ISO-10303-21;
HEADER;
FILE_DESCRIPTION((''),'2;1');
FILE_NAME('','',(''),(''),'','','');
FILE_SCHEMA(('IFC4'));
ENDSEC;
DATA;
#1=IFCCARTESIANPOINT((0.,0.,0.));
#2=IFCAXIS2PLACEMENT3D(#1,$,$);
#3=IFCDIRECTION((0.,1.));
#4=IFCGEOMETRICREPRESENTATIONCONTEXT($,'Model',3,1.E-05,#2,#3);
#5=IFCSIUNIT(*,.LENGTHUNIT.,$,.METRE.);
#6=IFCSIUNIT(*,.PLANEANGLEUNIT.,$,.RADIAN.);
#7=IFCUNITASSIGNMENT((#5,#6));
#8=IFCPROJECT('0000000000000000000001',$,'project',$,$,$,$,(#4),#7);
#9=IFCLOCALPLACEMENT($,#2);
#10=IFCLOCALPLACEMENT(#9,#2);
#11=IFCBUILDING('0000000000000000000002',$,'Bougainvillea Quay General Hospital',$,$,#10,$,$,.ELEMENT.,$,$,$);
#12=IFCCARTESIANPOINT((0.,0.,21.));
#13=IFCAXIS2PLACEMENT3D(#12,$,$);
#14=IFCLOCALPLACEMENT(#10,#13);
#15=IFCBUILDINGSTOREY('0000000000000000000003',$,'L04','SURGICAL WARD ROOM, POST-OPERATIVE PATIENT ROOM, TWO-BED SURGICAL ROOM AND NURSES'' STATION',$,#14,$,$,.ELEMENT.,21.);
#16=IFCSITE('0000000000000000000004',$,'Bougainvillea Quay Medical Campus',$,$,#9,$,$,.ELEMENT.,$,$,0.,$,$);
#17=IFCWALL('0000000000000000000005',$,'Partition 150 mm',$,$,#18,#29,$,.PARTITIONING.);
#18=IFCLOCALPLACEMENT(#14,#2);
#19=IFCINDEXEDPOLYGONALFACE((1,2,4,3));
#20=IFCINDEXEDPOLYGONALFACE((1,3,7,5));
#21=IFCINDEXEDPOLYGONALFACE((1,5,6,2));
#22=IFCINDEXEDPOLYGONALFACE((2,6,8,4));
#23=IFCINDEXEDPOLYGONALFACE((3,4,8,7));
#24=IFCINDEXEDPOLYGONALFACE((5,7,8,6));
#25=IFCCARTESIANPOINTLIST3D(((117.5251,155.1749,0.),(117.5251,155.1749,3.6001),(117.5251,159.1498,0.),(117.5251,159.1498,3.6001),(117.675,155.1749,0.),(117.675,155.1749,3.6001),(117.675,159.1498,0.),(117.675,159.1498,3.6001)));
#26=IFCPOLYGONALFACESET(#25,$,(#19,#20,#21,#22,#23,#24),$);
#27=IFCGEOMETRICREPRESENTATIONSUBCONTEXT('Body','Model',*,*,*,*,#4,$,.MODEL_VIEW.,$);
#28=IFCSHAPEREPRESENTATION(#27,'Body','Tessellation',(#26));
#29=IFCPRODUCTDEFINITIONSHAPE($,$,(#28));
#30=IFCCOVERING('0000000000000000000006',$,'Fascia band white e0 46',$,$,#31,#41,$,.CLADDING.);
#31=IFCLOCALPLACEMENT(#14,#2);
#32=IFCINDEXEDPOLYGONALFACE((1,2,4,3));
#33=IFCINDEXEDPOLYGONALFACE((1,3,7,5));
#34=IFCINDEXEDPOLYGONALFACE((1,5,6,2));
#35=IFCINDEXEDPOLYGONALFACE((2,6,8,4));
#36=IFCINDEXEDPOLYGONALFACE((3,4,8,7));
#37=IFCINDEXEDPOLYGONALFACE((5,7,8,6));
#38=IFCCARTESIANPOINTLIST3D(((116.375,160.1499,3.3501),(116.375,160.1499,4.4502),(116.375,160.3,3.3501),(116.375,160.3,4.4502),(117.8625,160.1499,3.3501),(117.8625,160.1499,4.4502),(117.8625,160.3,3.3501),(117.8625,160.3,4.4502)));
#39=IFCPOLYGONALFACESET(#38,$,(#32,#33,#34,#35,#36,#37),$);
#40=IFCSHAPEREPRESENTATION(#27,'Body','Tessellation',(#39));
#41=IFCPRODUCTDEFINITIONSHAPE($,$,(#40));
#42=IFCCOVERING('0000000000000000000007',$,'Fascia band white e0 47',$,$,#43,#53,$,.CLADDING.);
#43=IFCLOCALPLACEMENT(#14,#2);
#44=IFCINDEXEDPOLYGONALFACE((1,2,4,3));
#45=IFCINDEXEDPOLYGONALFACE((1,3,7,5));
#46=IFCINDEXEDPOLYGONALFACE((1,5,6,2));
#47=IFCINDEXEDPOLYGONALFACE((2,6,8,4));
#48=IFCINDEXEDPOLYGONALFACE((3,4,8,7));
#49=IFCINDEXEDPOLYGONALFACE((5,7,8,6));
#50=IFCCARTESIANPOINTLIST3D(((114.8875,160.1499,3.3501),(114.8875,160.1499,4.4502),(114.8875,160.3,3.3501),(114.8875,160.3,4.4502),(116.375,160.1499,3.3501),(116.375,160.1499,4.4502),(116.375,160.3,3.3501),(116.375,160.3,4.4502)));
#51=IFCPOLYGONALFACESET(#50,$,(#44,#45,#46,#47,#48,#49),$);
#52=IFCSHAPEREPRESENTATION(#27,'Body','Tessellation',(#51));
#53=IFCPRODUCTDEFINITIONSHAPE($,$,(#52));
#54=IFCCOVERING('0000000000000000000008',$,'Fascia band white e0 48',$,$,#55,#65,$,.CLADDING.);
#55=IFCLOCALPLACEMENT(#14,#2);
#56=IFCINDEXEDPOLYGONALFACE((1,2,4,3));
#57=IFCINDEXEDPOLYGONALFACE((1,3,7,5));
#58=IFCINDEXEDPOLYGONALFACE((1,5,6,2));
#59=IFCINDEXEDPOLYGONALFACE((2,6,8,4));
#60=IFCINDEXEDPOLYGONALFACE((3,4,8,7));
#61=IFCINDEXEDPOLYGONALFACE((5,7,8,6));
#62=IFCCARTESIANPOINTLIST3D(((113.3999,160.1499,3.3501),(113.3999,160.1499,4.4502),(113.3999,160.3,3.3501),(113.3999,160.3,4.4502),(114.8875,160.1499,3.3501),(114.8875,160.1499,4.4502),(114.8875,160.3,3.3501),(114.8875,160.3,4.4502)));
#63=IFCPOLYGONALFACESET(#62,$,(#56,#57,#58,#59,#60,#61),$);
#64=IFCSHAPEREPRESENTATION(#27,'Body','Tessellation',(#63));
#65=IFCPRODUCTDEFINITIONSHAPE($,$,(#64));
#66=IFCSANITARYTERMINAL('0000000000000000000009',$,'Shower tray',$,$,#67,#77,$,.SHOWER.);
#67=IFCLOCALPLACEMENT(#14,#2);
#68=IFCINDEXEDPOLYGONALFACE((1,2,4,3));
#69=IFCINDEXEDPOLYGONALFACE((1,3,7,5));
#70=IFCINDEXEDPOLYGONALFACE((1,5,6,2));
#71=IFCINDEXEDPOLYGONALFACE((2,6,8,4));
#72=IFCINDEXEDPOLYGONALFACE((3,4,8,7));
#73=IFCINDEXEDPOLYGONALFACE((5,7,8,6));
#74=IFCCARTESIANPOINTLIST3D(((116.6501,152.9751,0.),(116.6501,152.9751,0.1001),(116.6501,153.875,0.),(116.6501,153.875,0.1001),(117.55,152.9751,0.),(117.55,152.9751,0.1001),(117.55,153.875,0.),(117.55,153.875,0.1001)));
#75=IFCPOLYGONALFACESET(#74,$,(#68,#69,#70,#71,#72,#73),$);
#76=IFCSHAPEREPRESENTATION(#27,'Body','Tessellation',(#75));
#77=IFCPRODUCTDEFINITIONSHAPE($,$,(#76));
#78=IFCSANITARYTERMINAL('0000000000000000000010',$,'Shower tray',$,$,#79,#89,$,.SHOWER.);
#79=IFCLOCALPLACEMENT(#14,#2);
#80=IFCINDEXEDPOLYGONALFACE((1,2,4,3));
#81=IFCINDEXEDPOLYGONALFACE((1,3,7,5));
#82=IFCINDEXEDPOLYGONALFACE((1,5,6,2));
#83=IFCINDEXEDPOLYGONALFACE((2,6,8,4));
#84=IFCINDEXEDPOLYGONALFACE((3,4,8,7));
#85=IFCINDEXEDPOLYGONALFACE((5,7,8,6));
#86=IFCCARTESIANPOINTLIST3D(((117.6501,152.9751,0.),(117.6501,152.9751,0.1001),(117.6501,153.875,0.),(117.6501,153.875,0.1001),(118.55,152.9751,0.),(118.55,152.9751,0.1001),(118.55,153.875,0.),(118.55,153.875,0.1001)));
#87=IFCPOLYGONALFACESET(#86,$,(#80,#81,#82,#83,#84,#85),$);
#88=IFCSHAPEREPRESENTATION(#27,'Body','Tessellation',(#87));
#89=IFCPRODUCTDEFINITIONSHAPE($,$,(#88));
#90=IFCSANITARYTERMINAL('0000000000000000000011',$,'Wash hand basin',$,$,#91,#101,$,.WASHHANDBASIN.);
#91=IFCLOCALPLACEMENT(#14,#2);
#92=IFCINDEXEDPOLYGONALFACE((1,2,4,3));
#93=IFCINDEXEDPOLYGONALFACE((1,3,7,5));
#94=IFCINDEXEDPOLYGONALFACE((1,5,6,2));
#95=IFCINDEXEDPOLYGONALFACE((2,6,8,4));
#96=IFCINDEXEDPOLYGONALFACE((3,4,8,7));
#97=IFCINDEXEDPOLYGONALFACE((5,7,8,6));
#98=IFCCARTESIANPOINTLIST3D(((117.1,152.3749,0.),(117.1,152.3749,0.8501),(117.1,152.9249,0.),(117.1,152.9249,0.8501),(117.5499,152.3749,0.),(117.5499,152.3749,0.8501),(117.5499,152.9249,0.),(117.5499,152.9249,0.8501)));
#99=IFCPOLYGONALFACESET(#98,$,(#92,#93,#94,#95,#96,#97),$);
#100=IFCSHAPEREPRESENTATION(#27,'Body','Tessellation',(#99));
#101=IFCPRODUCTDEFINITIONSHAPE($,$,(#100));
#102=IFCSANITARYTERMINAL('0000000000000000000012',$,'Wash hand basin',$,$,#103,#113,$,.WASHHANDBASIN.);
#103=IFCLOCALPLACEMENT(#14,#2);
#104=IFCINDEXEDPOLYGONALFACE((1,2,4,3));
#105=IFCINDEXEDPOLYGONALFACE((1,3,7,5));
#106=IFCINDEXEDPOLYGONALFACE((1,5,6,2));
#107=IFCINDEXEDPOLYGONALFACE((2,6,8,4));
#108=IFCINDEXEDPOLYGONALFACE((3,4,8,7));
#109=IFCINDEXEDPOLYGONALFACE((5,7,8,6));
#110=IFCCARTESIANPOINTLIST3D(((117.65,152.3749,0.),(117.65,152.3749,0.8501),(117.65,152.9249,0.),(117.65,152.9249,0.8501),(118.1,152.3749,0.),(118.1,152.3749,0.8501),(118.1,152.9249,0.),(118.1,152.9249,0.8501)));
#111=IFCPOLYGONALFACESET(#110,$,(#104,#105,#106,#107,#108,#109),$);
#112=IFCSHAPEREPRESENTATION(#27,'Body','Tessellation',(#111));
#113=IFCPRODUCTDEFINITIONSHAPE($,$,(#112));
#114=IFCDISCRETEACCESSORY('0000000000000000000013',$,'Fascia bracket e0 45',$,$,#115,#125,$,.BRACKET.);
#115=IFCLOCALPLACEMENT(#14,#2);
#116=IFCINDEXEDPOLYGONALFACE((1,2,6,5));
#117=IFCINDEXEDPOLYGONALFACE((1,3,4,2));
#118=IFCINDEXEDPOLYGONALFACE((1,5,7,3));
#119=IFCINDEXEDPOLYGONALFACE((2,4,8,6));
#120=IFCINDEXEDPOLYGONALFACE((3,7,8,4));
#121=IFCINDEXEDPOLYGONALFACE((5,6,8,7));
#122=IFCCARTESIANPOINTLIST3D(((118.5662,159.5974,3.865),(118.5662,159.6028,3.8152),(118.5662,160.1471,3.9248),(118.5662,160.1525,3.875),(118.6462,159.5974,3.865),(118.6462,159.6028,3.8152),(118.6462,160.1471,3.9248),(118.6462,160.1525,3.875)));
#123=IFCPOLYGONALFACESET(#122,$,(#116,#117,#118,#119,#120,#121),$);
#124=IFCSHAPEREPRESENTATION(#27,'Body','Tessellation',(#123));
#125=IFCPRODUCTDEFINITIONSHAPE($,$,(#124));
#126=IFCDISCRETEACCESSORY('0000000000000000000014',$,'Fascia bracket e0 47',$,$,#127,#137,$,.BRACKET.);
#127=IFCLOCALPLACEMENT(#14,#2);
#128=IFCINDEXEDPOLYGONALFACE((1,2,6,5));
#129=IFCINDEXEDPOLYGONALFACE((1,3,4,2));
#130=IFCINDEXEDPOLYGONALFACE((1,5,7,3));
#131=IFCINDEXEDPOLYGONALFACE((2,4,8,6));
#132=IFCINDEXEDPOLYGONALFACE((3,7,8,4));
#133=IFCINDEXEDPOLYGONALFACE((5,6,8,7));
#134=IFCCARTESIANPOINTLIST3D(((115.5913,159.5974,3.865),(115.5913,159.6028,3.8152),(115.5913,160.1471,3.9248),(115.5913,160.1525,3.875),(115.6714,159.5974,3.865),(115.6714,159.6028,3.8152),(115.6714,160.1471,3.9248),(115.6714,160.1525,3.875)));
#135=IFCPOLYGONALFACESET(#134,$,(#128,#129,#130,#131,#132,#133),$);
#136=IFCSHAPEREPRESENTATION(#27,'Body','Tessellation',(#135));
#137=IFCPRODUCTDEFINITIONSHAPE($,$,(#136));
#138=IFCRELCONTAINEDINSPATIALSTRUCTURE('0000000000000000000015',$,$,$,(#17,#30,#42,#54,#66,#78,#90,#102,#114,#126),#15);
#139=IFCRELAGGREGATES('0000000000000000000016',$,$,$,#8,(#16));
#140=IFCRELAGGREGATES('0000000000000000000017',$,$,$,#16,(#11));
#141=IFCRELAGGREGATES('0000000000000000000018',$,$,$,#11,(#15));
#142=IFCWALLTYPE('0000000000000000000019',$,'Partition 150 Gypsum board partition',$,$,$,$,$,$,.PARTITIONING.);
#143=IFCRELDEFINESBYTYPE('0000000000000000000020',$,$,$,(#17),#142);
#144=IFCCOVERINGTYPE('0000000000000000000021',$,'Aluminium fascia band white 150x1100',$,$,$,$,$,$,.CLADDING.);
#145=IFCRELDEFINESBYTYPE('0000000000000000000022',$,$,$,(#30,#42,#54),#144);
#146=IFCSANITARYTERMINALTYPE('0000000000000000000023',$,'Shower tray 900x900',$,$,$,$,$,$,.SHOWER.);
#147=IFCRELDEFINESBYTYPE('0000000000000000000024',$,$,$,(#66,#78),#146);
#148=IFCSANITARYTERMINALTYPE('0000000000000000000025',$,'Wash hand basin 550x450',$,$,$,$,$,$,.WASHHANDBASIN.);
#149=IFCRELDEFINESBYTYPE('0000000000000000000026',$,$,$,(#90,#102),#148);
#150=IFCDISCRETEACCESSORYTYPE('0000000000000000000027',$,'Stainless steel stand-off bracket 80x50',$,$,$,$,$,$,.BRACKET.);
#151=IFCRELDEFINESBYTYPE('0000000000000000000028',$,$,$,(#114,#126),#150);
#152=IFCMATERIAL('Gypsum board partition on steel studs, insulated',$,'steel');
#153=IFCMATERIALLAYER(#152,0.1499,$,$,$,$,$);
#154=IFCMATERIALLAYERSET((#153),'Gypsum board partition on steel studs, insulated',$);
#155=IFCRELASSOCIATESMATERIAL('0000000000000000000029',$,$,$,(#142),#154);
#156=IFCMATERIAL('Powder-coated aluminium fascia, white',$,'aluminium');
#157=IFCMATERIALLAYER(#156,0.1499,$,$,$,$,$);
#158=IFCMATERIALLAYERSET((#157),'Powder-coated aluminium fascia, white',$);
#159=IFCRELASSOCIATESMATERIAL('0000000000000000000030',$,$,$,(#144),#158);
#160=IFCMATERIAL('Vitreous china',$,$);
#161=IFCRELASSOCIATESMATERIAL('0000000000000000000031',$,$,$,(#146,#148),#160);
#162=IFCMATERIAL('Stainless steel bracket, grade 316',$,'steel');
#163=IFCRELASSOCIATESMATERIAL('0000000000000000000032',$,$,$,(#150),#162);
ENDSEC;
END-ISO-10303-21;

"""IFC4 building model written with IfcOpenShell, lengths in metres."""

from ifc_helpers import new_model, si_unit, direction, frame, frame_2d, origin, origin_2d, place, context, subcontext, project, spatial, polyline, rectangle, outline, extrude, material, layer, layer_set, material_profile, profile_set, type_object, element, save


model = new_model("IFC4")

# Units and contexts
model_context = context("Model", 3, precision=1e-05, world=origin(), true_north=direction((0.0, 1.0)))
body_context = subcontext(model_context, "Body", "Model", "MODEL_VIEW")
ifc_project = project(units=[si_unit("LENGTHUNIT", "METRE"), si_unit("PLANEANGLEUNIT", "RADIAN")], contexts=[model_context])

# Site, building, storey
site_placement = place(None, origin())
site = spatial("IfcSite", under=ifc_project, at=site_placement, Name="Bougainvillea Quay Medical Campus", CompositionType="ELEMENT", RefElevation=0.0)
building_placement = place(site_placement, origin())
building = spatial("IfcBuilding", under=site, at=building_placement, Name="Bougainvillea Quay General Hospital", CompositionType="ELEMENT")
storey_placement = place(building_placement, frame((0.0, 0.0, 21.0)))
storey = spatial("IfcBuildingStorey", under=building, at=storey_placement, Name="L04", Description="SURGICAL WARD ROOM, POST-OPERATIVE PATIENT ROOM, TWO-BED SURGICAL ROOM AND NURSES' STATION", CompositionType="ELEMENT", Elevation=21.0)

# Wall
ifc_material_1 = material(Name="Gypsum board partition on steel studs, insulated", Category="steel")
ifc_layer_1 = layer(ifc_material_1, 0.1499)
ifc_layer_set_1 = layer_set([ifc_layer_1], Name="Gypsum board partition on steel studs, insulated")
wall_type_1 = type_object("IfcWallType", Name="Partition 150 Gypsum board partition", PredefinedType="PARTITIONING", material=ifc_layer_set_1)
wall_1_placement = place(storey_placement, frame((117.6001, 155.175, 0.0), z_axis=(0.0, 0.0, 1.0), x_axis=(0.0, 1.0, 0.0)))
element("IfcWall", 1, at=wall_1_placement, inside=storey, type_object=wall_type_1, Name="Partition 150 mm", PredefinedType="PARTITIONING", context=body_context, shape_type="SweptSolid", body=[
    extrude(rectangle(XDim=3.9749, YDim=0.1499, at=frame_2d((1.9873, 0.0))), origin(), (0.0, 0.0, 1.0), 3.6001),
])

# Coverings
ifc_material_2 = material(Name="Powder-coated aluminium fascia, white", Category="aluminium")
ifc_layer_2 = layer(ifc_material_2, 0.1499)
ifc_layer_set_2 = layer_set([ifc_layer_2], Name="Powder-coated aluminium fascia, white")
covering_type = type_object("IfcCoveringType", Name="Aluminium fascia band white 150x1100", PredefinedType="CLADDING", material=ifc_layer_set_2)
for number, where, z_axis, x_axis, name in (
    (2, (117.8625, 160.1499, 3.3501), (0.0, 0.0, 1.0), (-1.0, 0.0, 0.0), "Fascia band white e0 46"),
    (3, (116.375, 160.1499, 3.3501), (0.0, 0.0, 1.0), (-1.0, 0.0, 0.0), "Fascia band white e0 47"),
    (4, (114.8875, 160.1499, 3.3501), (0.0, 0.0, 1.0), (-1.0, 0.0, 0.0), "Fascia band white e0 48"),
):
    element("IfcCovering", number, at=place(storey_placement, frame(where, z_axis=z_axis, x_axis=x_axis)), inside=storey, type_object=covering_type, Name=name, PredefinedType="CLADDING", context=body_context, shape_type="SweptSolid", body=[
        extrude(outline(polyline([(0.0, 0.0), (1.4875, 0.0), (1.4875, -0.1501), (0.0, -0.1501), (0.0, 0.0)])), origin(), (0.0, 0.0, 1.0), 1.1001),
    ])

# Sanitary terminals
ifc_material_3 = material(Name="Vitreous china")
sanitary_terminal_type_1 = type_object("IfcSanitaryTerminalType", Name="Shower tray 900x900", PredefinedType="SHOWER", material=ifc_material_3)
for number, where, z_axis, x_axis, name in (
    (5, (117.1001, 153.425, 0.0), (0.0, 0.0, 1.0), (0.0, -1.0, 0.0), "Shower tray"),
    (6, (118.1001, 153.425, 0.0), (0.0, 0.0, 1.0), (0.0, 1.0, 0.0), "Shower tray"),
):
    element("IfcSanitaryTerminal", number, at=place(storey_placement, frame(where, z_axis=z_axis, x_axis=x_axis)), inside=storey, type_object=sanitary_terminal_type_1, Name=name, PredefinedType="SHOWER", context=body_context, shape_type="SweptSolid", body=[
        extrude(rectangle(XDim=0.8999, YDim=0.8999, at=origin_2d()), origin(), (0.0, 0.0, 1.0), 0.1001),
    ])
sanitary_terminal_type_2 = type_object("IfcSanitaryTerminalType", Name="Wash hand basin 550x450", PredefinedType="WASHHANDBASIN", material=ifc_material_3)
for number, where, z_axis, x_axis, name in (
    (7, (117.325, 152.6499, 0.0), (0.0, 0.0, 1.0), (0.0, -1.0, 0.0), "Wash hand basin"),
    (8, (117.875, 152.6499, 0.0), (0.0, 0.0, 1.0), (0.0, 1.0, 0.0), "Wash hand basin"),
):
    element("IfcSanitaryTerminal", number, at=place(storey_placement, frame(where, z_axis=z_axis, x_axis=x_axis)), inside=storey, type_object=sanitary_terminal_type_2, Name=name, PredefinedType="WASHHANDBASIN", context=body_context, shape_type="SweptSolid", body=[
        extrude(rectangle(XDim=0.55, YDim=0.45, at=origin_2d()), origin(), (0.0, 0.0, 1.0), 0.8501),
    ])

# Discrete accessories
ifc_material_4 = material(Name="Stainless steel bracket, grade 316", Category="steel")
ifc_material_profile_1 = material_profile(ifc_material_4, rectangle(XDim=0.0801, YDim=0.05, at=origin_2d()))
ifc_profile_set_1 = profile_set([ifc_material_profile_1], Name="Stainless steel bracket, grade 316")
discrete_accessory_type = type_object("IfcDiscreteAccessoryType", Name="Stainless steel stand-off bracket 80x50", PredefinedType="BRACKET", material=ifc_profile_set_1)
for number, where, z_axis, x_axis, name in (
    (9, (118.6062, 159.6001, 3.8401), (0.0, 0.994134, 0.108154), (-1.0, 0.0, 0.0), "Fascia bracket e0 45"),
    (10, (115.6313, 159.6001, 3.8401), (0.0, 0.994134, 0.108154), (-1.0, 0.0, 0.0), "Fascia bracket e0 47"),
):
    element("IfcDiscreteAccessory", number, at=place(storey_placement, frame(where, z_axis=z_axis, x_axis=x_axis)), inside=storey, type_object=discrete_accessory_type, Name=name, PredefinedType="BRACKET", context=body_context, shape_type="SweptSolid", body=[
        extrude(rectangle(XDim=0.0801, YDim=0.05, at=origin_2d()), origin(), (0.0, 0.0, 1.0), 0.553),
    ])

save(model, "model.ifc")
